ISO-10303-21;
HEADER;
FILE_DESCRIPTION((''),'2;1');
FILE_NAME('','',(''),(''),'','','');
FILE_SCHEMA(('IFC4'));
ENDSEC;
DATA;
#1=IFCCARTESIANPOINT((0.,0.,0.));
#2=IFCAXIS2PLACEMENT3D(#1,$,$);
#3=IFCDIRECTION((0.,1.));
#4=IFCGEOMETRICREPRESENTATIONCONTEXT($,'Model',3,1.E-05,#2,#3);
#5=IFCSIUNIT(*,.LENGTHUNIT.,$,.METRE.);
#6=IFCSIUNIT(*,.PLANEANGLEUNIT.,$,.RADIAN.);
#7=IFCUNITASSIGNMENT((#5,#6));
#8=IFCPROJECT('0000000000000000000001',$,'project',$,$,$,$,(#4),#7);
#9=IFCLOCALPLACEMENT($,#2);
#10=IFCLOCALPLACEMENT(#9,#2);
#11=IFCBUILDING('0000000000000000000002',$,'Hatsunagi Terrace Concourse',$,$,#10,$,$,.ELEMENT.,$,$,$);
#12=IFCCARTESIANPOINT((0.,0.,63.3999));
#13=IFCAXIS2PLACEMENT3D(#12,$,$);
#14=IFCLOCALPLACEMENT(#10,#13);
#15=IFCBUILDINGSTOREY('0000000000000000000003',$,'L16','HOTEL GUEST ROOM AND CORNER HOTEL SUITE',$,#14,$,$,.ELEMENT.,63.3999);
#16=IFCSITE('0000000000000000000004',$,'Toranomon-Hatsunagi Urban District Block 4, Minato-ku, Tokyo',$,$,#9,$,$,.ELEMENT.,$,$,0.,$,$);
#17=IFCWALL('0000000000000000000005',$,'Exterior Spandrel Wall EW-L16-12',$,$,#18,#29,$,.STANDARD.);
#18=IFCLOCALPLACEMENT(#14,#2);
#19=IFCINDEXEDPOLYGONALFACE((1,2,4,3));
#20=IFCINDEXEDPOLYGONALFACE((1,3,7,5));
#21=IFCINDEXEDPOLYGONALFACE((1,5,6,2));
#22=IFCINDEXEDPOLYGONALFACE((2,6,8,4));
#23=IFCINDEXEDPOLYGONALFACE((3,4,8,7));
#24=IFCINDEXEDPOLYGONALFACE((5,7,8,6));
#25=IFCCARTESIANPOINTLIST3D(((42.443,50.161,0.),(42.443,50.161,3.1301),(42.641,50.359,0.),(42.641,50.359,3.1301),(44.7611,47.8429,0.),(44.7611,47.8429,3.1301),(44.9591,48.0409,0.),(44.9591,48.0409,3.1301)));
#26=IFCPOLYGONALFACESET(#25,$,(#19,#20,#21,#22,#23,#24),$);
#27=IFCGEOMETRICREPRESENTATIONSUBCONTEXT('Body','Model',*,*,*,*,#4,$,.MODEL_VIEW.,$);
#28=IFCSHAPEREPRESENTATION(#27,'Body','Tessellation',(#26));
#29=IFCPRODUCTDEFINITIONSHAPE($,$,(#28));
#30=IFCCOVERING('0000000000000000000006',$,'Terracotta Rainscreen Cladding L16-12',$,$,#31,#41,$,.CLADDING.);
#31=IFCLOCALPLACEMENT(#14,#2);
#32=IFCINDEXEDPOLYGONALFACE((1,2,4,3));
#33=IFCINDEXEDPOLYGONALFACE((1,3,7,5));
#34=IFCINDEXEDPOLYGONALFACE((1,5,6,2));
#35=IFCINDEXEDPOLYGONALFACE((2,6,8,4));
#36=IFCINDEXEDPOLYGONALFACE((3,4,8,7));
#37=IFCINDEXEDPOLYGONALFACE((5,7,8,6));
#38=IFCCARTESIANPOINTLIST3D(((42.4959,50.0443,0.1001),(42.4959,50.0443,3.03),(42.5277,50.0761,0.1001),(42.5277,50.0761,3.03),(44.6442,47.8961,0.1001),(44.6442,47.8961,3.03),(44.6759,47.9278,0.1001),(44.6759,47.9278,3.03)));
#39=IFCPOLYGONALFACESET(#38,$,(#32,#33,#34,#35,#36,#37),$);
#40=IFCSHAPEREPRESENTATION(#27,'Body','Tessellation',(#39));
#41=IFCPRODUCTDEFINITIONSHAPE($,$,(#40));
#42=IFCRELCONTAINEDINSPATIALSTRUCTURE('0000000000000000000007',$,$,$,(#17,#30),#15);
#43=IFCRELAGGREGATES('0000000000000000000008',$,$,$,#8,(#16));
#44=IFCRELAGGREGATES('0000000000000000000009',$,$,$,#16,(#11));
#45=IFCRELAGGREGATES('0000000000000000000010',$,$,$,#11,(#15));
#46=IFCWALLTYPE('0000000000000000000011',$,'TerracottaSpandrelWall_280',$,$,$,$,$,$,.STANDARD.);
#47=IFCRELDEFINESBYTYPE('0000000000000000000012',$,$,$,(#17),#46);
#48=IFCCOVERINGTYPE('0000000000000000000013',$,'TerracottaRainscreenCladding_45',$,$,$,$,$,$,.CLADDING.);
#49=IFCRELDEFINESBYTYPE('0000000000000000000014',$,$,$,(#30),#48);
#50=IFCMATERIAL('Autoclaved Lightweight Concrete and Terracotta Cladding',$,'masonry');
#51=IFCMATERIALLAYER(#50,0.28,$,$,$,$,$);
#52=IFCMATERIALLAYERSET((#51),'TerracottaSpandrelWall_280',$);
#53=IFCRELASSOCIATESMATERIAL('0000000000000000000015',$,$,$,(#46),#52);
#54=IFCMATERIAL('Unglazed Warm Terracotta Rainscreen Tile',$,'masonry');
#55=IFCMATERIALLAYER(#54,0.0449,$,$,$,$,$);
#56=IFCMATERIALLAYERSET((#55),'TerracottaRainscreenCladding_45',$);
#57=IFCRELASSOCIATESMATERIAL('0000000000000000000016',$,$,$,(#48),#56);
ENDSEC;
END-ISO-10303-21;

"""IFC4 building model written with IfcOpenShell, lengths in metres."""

from ifc_helpers import new_model, si_unit, direction, frame, frame_2d, origin, origin_2d, place, context, subcontext, project, spatial, rectangle, extrude, material, layer, layer_set, type_object, element, save


model = new_model("IFC4")

# Units and contexts
model_context = context("Model", 3, precision=1e-05, world=origin(), true_north=direction((0.0, 1.0)))
body_context = subcontext(model_context, "Body", "Model", "MODEL_VIEW")
ifc_project = project(units=[si_unit("LENGTHUNIT", "METRE"), si_unit("PLANEANGLEUNIT", "RADIAN")], contexts=[model_context])

# Site, building, storey
site_placement = place(None, origin())
site = spatial("IfcSite", under=ifc_project, at=site_placement, Name="Toranomon-Hatsunagi Urban District Block 4, Minato-ku, Tokyo", CompositionType="ELEMENT", RefElevation=0.0)
building_placement = place(site_placement, origin())
building = spatial("IfcBuilding", under=site, at=building_placement, Name="Hatsunagi Terrace Concourse", CompositionType="ELEMENT")
storey_placement = place(building_placement, frame((0.0, 0.0, 63.3999)))
storey = spatial("IfcBuildingStorey", under=building, at=storey_placement, Name="L16", Description="HOTEL GUEST ROOM AND CORNER HOTEL SUITE", CompositionType="ELEMENT", Elevation=63.3999)

# Wall
ifc_material_1 = material(Name="Autoclaved Lightweight Concrete and Terracotta Cladding", Category="masonry")
ifc_layer_1 = layer(ifc_material_1, 0.28)
ifc_layer_set_1 = layer_set([ifc_layer_1], Name="TerracottaSpandrelWall_280")
wall_type_1 = type_object("IfcWallType", Name="TerracottaSpandrelWall_280", PredefinedType="STANDARD", material=ifc_layer_set_1)
wall_1_placement = place(storey_placement, frame((42.542, 50.26, 0.0), z_axis=(0.0, 0.0, 1.0), x_axis=(0.707107, -0.707107, 0.0)))
element("IfcWall", 1, at=wall_1_placement, inside=storey, type_object=wall_type_1, Name="Exterior Spandrel Wall EW-L16-12", PredefinedType="STANDARD", context=body_context, shape_type="SweptSolid", body=[
    extrude(rectangle(XDim=3.2783, YDim=0.28, at=frame_2d((1.6392, 0.0))), origin(), (0.0, 0.0, 1.0), 3.1301),
])

# Covering
ifc_material_2 = material(Name="Unglazed Warm Terracotta Rainscreen Tile", Category="masonry")
ifc_layer_2 = layer(ifc_material_2, 0.0449)
ifc_layer_set_2 = layer_set([ifc_layer_2], Name="TerracottaRainscreenCladding_45")
covering_type = type_object("IfcCoveringType", Name="TerracottaRainscreenCladding_45", PredefinedType="CLADDING", material=ifc_layer_set_2)
covering_placement = place(storey_placement, frame((43.5859, 48.9861, 0.1001), z_axis=(0.0, 0.0, 1.0), x_axis=(0.707107, -0.707107, 0.0)))
element("IfcCovering", 2, at=covering_placement, inside=storey, type_object=covering_type, Name="Terracotta Rainscreen Cladding L16-12", PredefinedType="CLADDING", context=body_context, shape_type="SweptSolid", body=[
    extrude(rectangle(XDim=3.0381, YDim=0.0449, at=origin_2d()), origin(), (0.0, 0.0, 1.0), 2.9299),
])

save(model, "model.ifc")
